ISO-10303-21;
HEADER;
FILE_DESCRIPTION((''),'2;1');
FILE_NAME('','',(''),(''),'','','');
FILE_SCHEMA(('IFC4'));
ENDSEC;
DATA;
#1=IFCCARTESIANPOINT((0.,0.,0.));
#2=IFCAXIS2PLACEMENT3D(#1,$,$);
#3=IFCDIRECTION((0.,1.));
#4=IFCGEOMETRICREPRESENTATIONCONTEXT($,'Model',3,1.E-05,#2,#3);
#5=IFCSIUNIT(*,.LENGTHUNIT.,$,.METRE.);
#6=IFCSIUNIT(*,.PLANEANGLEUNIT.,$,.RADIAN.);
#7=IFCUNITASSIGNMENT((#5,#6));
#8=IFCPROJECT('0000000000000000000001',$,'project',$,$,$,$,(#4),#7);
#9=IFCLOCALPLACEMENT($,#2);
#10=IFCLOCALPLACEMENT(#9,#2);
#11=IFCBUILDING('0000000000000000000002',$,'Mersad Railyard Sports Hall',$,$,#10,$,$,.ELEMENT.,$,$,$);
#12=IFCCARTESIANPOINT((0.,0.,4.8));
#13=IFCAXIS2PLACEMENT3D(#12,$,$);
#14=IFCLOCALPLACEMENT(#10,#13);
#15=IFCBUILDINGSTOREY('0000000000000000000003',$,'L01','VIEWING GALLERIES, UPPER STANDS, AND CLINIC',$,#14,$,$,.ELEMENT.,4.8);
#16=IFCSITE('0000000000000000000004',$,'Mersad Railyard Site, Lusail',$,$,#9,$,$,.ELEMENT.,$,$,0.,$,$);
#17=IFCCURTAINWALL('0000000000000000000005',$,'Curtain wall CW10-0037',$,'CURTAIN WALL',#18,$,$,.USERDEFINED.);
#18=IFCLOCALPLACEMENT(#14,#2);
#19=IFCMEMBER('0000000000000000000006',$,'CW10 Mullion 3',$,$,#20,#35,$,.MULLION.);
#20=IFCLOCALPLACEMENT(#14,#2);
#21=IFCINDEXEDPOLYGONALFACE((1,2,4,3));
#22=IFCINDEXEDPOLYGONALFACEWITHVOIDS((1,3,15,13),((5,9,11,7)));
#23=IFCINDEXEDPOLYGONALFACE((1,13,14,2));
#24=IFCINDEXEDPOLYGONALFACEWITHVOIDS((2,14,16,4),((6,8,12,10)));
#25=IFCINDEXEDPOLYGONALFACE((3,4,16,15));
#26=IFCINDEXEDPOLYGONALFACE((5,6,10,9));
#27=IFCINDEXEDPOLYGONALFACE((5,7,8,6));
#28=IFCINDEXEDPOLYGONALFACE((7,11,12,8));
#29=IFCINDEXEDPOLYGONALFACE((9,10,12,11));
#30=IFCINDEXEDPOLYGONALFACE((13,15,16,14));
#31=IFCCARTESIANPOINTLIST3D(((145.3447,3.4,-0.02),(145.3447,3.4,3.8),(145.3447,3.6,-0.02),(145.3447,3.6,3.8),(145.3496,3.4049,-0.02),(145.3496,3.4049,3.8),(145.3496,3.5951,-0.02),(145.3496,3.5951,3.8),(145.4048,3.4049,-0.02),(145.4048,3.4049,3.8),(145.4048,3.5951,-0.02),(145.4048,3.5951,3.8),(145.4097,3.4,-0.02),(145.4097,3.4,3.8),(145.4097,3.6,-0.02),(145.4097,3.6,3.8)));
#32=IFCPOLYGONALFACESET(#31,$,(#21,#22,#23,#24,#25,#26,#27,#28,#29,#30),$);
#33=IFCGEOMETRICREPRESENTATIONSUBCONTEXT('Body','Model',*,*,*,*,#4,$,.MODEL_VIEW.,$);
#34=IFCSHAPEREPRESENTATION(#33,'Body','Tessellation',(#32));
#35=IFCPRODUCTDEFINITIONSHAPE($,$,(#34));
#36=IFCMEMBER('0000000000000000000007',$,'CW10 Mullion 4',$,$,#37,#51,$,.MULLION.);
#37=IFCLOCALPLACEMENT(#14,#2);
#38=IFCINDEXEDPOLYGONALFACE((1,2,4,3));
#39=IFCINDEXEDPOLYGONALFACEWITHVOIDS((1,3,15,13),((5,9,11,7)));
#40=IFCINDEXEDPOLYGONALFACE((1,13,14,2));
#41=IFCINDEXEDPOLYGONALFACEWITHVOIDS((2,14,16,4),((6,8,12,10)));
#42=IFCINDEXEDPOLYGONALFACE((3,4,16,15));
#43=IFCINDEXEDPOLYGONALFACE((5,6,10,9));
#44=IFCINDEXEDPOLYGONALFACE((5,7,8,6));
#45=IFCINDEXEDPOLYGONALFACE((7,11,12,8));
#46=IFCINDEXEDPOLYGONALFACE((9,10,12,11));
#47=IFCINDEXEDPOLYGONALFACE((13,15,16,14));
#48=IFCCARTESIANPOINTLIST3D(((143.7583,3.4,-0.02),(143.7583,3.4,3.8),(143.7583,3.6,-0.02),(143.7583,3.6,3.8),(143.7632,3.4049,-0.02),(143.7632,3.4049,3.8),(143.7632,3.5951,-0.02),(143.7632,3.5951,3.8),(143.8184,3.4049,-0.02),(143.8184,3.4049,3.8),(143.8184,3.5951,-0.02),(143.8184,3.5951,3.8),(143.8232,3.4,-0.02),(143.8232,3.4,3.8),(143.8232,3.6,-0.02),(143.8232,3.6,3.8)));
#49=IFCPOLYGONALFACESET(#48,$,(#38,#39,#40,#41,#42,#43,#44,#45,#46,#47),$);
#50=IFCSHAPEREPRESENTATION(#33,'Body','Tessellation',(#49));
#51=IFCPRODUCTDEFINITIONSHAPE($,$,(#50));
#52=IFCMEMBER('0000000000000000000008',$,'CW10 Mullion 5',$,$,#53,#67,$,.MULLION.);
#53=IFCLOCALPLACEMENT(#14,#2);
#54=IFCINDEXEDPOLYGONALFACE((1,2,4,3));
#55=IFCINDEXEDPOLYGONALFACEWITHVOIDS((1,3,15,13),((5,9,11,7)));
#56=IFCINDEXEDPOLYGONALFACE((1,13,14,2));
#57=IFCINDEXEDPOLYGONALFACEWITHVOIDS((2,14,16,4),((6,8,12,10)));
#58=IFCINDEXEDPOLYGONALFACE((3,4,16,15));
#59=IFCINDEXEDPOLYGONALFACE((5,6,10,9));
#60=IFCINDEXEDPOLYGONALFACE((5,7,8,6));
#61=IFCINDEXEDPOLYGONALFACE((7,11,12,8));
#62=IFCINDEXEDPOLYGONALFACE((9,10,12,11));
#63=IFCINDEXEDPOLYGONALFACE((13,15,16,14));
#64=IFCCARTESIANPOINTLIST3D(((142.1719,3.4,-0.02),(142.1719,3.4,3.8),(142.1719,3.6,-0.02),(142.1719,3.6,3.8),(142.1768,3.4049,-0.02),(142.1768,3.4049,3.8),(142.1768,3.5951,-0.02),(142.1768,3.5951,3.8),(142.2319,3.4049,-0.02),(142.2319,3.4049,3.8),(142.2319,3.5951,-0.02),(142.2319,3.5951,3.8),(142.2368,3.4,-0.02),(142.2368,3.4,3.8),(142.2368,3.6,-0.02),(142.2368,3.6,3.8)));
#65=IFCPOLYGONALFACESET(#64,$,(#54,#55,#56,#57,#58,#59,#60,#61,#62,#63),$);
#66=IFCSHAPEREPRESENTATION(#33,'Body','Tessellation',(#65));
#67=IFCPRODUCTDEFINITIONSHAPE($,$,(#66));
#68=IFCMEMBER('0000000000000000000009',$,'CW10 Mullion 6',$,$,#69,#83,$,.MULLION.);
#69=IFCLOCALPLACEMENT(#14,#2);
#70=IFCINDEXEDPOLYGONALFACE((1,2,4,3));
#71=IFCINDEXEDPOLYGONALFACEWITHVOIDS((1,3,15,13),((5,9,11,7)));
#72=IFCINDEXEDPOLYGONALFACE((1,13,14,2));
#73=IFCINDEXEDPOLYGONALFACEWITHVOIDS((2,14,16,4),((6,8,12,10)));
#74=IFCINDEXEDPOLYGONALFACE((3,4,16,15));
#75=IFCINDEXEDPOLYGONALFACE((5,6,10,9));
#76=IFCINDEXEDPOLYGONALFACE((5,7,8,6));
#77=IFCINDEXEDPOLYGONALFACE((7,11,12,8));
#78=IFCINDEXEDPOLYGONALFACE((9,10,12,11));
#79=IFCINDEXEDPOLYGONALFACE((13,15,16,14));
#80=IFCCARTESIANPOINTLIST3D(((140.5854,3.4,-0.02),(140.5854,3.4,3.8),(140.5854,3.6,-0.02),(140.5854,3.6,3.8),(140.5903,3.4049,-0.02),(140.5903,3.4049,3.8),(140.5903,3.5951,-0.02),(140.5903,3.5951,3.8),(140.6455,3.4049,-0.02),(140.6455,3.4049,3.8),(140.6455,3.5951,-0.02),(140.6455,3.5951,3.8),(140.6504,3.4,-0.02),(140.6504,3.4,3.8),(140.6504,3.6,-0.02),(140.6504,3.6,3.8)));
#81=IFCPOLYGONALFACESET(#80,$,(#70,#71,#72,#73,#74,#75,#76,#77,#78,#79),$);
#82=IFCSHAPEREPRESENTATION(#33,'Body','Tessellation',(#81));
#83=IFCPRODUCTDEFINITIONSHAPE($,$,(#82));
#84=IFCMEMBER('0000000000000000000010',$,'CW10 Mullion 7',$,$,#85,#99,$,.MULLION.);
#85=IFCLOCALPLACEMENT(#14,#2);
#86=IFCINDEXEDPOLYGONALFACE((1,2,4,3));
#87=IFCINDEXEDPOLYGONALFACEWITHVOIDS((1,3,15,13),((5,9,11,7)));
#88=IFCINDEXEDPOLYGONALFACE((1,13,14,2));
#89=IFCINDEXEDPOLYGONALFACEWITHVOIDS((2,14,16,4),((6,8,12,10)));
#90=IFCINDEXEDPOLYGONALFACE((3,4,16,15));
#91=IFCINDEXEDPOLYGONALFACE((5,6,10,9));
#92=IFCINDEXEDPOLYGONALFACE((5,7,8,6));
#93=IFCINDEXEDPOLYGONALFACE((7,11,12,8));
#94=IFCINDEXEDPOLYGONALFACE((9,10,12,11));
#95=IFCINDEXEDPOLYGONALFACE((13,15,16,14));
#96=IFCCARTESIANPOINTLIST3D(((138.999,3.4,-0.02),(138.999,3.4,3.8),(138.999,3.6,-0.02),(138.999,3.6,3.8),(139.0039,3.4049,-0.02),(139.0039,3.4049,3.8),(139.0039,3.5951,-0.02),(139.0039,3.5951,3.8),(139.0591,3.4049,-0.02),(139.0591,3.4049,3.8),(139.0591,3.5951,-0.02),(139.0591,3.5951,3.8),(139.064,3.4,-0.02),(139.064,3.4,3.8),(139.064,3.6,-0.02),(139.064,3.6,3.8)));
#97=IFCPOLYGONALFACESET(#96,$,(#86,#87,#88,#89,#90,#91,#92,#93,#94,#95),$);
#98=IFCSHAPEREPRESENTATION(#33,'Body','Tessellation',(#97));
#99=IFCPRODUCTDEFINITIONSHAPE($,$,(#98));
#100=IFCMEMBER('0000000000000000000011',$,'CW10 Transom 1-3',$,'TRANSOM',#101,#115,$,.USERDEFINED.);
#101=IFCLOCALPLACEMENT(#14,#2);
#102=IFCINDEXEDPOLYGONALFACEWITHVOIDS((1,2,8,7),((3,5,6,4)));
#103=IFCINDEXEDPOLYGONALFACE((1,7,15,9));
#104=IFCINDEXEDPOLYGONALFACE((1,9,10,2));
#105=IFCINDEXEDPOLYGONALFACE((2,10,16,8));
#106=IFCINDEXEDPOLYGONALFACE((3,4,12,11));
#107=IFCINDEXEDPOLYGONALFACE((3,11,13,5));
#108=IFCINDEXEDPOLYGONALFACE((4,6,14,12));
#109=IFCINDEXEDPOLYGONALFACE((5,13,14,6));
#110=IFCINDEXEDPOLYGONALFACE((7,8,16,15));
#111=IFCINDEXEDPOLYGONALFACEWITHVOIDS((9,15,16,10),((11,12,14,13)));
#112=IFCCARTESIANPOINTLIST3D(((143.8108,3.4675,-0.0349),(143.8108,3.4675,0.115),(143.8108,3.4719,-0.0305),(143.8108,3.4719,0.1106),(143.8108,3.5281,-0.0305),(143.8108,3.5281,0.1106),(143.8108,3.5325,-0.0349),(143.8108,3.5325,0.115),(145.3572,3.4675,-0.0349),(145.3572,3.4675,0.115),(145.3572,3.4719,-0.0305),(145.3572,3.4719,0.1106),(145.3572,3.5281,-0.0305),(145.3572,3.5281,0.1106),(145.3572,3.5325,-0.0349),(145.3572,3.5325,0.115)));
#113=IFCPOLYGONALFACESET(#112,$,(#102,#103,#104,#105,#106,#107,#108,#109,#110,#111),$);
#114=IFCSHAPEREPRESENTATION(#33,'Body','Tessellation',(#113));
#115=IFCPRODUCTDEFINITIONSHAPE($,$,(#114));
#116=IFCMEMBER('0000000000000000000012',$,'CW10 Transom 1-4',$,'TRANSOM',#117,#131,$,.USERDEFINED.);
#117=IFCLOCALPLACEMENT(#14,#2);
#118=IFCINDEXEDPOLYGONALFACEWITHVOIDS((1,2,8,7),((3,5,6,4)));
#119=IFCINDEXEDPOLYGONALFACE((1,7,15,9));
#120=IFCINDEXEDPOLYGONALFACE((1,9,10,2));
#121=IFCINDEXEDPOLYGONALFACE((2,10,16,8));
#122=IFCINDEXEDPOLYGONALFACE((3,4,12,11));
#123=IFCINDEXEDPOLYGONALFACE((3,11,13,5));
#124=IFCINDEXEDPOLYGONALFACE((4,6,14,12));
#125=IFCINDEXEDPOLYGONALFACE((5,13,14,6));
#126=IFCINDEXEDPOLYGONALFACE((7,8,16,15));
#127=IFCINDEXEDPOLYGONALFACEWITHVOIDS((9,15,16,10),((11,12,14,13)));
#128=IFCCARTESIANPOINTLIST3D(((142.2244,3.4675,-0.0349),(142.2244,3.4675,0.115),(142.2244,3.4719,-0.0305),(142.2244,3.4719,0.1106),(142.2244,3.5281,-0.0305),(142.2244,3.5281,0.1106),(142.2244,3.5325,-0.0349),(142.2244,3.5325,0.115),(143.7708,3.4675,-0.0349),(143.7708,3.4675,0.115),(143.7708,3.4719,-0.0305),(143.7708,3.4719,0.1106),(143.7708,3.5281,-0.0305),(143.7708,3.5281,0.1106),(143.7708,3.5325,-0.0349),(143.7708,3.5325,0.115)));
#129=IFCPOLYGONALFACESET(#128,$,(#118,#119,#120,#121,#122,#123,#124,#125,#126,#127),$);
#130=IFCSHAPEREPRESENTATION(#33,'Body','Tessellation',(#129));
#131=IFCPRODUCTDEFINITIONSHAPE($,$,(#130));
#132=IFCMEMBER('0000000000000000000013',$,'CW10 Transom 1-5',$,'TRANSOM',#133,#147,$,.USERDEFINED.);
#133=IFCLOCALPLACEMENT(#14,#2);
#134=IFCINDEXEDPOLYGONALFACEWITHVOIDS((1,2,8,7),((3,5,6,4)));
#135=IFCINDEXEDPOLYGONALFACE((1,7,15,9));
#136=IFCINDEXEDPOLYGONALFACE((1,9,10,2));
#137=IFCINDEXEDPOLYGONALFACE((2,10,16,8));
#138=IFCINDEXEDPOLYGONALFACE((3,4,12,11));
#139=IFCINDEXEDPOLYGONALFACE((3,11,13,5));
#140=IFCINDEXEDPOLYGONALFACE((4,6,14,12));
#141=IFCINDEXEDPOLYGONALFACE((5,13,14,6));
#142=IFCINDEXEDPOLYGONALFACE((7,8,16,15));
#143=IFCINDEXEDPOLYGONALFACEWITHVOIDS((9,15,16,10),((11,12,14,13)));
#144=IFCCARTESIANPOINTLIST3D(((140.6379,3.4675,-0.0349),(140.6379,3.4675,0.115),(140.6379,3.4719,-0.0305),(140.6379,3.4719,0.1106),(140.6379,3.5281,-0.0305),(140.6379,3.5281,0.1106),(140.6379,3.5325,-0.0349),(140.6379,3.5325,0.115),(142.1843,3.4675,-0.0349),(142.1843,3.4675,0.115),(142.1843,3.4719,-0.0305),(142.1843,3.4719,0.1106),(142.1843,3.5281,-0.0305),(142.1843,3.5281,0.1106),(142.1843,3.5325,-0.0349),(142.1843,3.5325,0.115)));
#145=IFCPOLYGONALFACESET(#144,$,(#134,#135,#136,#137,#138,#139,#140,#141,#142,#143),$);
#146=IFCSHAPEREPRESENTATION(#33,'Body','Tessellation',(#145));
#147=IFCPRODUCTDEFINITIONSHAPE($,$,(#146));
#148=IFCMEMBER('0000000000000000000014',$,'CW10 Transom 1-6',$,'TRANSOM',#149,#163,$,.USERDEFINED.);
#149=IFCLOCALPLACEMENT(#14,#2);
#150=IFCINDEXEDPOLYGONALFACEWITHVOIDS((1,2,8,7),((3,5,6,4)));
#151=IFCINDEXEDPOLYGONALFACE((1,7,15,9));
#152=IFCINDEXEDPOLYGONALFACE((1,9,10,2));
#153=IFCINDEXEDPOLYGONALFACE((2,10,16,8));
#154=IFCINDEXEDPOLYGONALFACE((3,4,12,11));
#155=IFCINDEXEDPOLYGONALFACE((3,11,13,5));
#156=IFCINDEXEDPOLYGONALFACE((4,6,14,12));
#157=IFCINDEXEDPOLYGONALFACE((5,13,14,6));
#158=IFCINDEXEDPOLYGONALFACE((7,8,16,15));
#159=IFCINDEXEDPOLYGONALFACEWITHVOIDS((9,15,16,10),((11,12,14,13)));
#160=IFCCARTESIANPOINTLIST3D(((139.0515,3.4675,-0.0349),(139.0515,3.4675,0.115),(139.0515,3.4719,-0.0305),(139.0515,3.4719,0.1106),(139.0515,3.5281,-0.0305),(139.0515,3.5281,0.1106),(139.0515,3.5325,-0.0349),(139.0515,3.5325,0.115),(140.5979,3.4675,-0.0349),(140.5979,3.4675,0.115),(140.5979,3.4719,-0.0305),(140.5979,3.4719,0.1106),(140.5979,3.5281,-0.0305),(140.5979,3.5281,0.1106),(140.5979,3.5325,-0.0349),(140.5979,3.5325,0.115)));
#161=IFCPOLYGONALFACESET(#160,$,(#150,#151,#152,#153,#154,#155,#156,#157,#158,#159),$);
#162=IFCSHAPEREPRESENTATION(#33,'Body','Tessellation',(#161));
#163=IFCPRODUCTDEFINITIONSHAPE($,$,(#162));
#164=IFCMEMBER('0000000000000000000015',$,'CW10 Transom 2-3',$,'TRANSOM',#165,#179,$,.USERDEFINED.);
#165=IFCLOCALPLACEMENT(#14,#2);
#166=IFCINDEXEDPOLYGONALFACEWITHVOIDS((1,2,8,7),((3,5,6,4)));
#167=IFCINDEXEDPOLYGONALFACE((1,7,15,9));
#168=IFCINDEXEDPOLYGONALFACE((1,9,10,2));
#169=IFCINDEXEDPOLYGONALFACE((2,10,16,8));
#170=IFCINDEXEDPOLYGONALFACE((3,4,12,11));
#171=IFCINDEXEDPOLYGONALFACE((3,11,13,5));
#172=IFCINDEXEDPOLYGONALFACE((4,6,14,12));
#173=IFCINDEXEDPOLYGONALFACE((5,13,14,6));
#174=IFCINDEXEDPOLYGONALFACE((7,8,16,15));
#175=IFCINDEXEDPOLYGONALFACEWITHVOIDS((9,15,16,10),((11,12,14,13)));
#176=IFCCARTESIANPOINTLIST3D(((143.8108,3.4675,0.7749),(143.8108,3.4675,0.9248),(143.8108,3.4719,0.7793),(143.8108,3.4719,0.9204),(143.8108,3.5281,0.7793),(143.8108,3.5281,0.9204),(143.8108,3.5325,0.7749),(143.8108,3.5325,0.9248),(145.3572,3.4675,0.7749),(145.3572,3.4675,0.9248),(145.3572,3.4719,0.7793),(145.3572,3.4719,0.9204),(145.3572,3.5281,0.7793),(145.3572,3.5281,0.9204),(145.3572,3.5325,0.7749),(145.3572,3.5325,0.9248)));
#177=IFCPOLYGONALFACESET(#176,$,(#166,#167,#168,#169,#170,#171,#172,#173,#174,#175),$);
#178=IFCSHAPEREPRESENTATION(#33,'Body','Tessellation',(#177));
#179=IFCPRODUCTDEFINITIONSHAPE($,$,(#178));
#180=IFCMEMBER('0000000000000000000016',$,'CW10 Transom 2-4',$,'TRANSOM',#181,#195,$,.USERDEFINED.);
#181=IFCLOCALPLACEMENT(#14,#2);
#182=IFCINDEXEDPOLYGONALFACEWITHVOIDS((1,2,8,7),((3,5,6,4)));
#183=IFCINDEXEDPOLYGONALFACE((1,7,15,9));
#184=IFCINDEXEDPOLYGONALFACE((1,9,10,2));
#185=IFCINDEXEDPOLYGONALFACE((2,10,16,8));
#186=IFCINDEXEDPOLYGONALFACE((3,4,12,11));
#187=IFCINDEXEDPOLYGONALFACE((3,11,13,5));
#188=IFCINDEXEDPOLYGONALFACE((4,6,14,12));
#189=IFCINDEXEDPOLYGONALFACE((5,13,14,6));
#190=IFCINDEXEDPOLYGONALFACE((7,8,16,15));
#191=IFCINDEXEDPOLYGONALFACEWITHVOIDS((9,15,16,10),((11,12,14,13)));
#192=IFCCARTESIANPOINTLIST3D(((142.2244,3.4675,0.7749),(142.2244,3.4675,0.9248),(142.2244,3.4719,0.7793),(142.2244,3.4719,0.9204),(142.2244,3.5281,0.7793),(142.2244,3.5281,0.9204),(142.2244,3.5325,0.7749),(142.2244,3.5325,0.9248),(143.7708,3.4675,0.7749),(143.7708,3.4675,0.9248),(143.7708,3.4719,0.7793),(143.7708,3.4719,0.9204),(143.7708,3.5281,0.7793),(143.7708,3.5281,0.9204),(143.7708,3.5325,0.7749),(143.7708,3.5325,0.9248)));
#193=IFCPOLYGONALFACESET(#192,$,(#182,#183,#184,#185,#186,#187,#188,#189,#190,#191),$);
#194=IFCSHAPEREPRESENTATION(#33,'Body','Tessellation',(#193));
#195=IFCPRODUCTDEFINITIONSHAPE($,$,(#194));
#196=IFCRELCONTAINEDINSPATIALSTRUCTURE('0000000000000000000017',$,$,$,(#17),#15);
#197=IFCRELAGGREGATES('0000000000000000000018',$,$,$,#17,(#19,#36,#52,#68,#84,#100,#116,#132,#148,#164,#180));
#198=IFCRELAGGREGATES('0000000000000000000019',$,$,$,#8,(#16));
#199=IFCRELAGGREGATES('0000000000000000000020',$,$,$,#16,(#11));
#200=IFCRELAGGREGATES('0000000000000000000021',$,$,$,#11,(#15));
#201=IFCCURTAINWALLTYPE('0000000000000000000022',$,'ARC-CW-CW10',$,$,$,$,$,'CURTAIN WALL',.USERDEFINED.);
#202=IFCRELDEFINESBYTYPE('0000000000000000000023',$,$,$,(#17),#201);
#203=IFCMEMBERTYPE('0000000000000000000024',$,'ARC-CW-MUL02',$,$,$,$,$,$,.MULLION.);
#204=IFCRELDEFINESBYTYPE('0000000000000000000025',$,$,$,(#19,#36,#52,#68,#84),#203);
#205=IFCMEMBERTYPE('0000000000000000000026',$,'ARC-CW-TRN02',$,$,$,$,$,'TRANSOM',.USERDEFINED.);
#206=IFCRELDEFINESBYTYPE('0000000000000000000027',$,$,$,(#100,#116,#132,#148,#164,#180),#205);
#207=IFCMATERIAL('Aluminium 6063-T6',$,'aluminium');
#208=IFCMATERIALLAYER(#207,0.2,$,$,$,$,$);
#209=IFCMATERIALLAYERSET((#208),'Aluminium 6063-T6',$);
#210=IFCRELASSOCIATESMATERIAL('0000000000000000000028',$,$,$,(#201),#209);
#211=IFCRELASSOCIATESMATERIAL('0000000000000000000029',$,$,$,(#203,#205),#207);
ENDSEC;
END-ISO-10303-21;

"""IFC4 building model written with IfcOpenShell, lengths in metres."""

from ifc_helpers import new_model, si_unit, direction, frame, origin, origin_2d, place, context, subcontext, project, spatial, hollow_rectangle, extrude, material, layer, layer_set, material_profile, profile_set, type_object, element, aggregate, save


model = new_model("IFC4")

# Units and contexts
model_context = context("Model", 3, precision=1e-05, world=origin(), true_north=direction((0.0, 1.0)))
body_context = subcontext(model_context, "Body", "Model", "MODEL_VIEW")
ifc_project = project(units=[si_unit("LENGTHUNIT", "METRE"), si_unit("PLANEANGLEUNIT", "RADIAN")], contexts=[model_context])

# Site, building, storey
site_placement = place(None, origin())
site = spatial("IfcSite", under=ifc_project, at=site_placement, Name="Mersad Railyard Site, Lusail", CompositionType="ELEMENT", RefElevation=0.0)
building_placement = place(site_placement, origin())
building = spatial("IfcBuilding", under=site, at=building_placement, Name="Mersad Railyard Sports Hall", CompositionType="ELEMENT")
storey_placement = place(building_placement, frame((0.0, 0.0, 4.8)))
storey = spatial("IfcBuildingStorey", under=building, at=storey_placement, Name="L01", Description="VIEWING GALLERIES, UPPER STANDS, AND CLINIC", CompositionType="ELEMENT", Elevation=4.8)

# Curtain wall, members
ifc_material_1 = material(Name="Aluminium 6063-T6", Category="aluminium")
ifc_layer_1 = layer(ifc_material_1, 0.2)
ifc_layer_set_1 = layer_set([ifc_layer_1], Name="Aluminium 6063-T6")
curtain_wall_type = type_object("IfcCurtainWallType", Name="ARC-CW-CW10", ElementType="CURTAIN WALL", PredefinedType="USERDEFINED", material=ifc_layer_set_1)
curtain_wall_placement = place(storey_placement, origin())
curtain_wall = element("IfcCurtainWall", 1, at=curtain_wall_placement, inside=storey, type_object=curtain_wall_type, Name="Curtain wall CW10-0037", ObjectType="CURTAIN WALL", PredefinedType="USERDEFINED")
ifc_material_profile_1 = material_profile(ifc_material_1, hollow_rectangle(XDim=0.0649, YDim=0.2, WallThickness=0.0049, at=origin_2d()), Name="AL MULLION 65x200x5")
ifc_profile_set_1 = profile_set([ifc_material_profile_1], Name="Aluminium 6063-T6")
member_type_1 = type_object("IfcMemberType", Name="ARC-CW-MUL02", PredefinedType="MULLION", material=ifc_profile_set_1)
member_1_placement = place(storey_placement, frame((145.3772, 3.5, -0.02), z_axis=(0.0, 0.0, 1.0), x_axis=(1.0, 0.0, 0.0)))
member_1 = element("IfcMember", 2, at=member_1_placement, type_object=member_type_1, Name="CW10 Mullion 3", PredefinedType="MULLION", context=body_context, shape_type="SweptSolid", body=[
    extrude(hollow_rectangle(XDim=0.0649, YDim=0.2, WallThickness=0.0049, at=origin_2d()), origin(), (0.0, 0.0, 1.0), 3.8201),
])
member_2_placement = place(storey_placement, frame((143.7908, 3.5, -0.02), z_axis=(0.0, 0.0, 1.0), x_axis=(1.0, 0.0, 0.0)))
member_2 = element("IfcMember", 3, at=member_2_placement, type_object=member_type_1, Name="CW10 Mullion 4", PredefinedType="MULLION", context=body_context, shape_type="SweptSolid", body=[
    extrude(hollow_rectangle(XDim=0.0649, YDim=0.2, WallThickness=0.0049, at=origin_2d()), origin(), (0.0, 0.0, 1.0), 3.8201),
])
member_3_placement = place(storey_placement, frame((142.2043, 3.5, -0.02), z_axis=(0.0, 0.0, 1.0), x_axis=(1.0, 0.0, 0.0)))
member_3 = element("IfcMember", 4, at=member_3_placement, type_object=member_type_1, Name="CW10 Mullion 5", PredefinedType="MULLION", context=body_context, shape_type="SweptSolid", body=[
    extrude(hollow_rectangle(XDim=0.0649, YDim=0.2, WallThickness=0.0049, at=origin_2d()), origin(), (0.0, 0.0, 1.0), 3.8201),
])
member_4_placement = place(storey_placement, frame((140.6179, 3.5, -0.02), z_axis=(0.0, 0.0, 1.0), x_axis=(1.0, 0.0, 0.0)))
member_4 = element("IfcMember", 5, at=member_4_placement, type_object=member_type_1, Name="CW10 Mullion 6", PredefinedType="MULLION", context=body_context, shape_type="SweptSolid", body=[
    extrude(hollow_rectangle(XDim=0.0649, YDim=0.2, WallThickness=0.0049, at=origin_2d()), origin(), (0.0, 0.0, 1.0), 3.8201),
])
member_5_placement = place(storey_placement, frame((139.0315, 3.5, -0.02), z_axis=(0.0, 0.0, 1.0), x_axis=(1.0, 0.0, 0.0)))
member_5 = element("IfcMember", 6, at=member_5_placement, type_object=member_type_1, Name="CW10 Mullion 7", PredefinedType="MULLION", context=body_context, shape_type="SweptSolid", body=[
    extrude(hollow_rectangle(XDim=0.0649, YDim=0.2, WallThickness=0.0049, at=origin_2d()), origin(), (0.0, 0.0, 1.0), 3.8201),
])
ifc_material_profile_2 = material_profile(ifc_material_1, hollow_rectangle(XDim=0.0649, YDim=0.1499, WallThickness=0.0044, at=origin_2d()), Name="AL TRANSOM 65x150x4.5")
ifc_profile_set_2 = profile_set([ifc_material_profile_2], Name="Aluminium 6063-T6")
member_type_2 = type_object("IfcMemberType", Name="ARC-CW-TRN02", ElementType="TRANSOM", PredefinedType="USERDEFINED", material=ifc_profile_set_2)
member_6_placement = place(storey_placement, frame((145.3572, 3.5, 0.04), z_axis=(-1.0, 0.0, 0.0), x_axis=(0.0, -1.0, 0.0)))
member_6 = element("IfcMember", 7, at=member_6_placement, type_object=member_type_2, Name="CW10 Transom 1-3", ObjectType="TRANSOM", PredefinedType="USERDEFINED", context=body_context, shape_type="SweptSolid", body=[
    extrude(hollow_rectangle(XDim=0.0649, YDim=0.1499, WallThickness=0.0044, at=origin_2d()), origin(), (0.0, 0.0, 1.0), 1.5464),
])
member_7_placement = place(storey_placement, frame((143.7708, 3.5, 0.04), z_axis=(-1.0, 0.0, 0.0), x_axis=(0.0, -1.0, 0.0)))
member_7 = element("IfcMember", 8, at=member_7_placement, type_object=member_type_2, Name="CW10 Transom 1-4", ObjectType="TRANSOM", PredefinedType="USERDEFINED", context=body_context, shape_type="SweptSolid", body=[
    extrude(hollow_rectangle(XDim=0.0649, YDim=0.1499, WallThickness=0.0044, at=origin_2d()), origin(), (0.0, 0.0, 1.0), 1.5464),
])
member_8_placement = place(storey_placement, frame((142.1843, 3.5, 0.04), z_axis=(-1.0, 0.0, 0.0), x_axis=(0.0, -1.0, 0.0)))
member_8 = element("IfcMember", 9, at=member_8_placement, type_object=member_type_2, Name="CW10 Transom 1-5", ObjectType="TRANSOM", PredefinedType="USERDEFINED", context=body_context, shape_type="SweptSolid", body=[
    extrude(hollow_rectangle(XDim=0.0649, YDim=0.1499, WallThickness=0.0044, at=origin_2d()), origin(), (0.0, 0.0, 1.0), 1.5464),
])
member_9_placement = place(storey_placement, frame((140.5979, 3.5, 0.04), z_axis=(-1.0, 0.0, 0.0), x_axis=(0.0, -1.0, 0.0)))
member_9 = element("IfcMember", 10, at=member_9_placement, type_object=member_type_2, Name="CW10 Transom 1-6", ObjectType="TRANSOM", PredefinedType="USERDEFINED", context=body_context, shape_type="SweptSolid", body=[
    extrude(hollow_rectangle(XDim=0.0649, YDim=0.1499, WallThickness=0.0044, at=origin_2d()), origin(), (0.0, 0.0, 1.0), 1.5464),
])
member_10_placement = place(storey_placement, frame((145.3572, 3.5, 0.8499), z_axis=(-1.0, 0.0, 0.0), x_axis=(0.0, -1.0, 0.0)))
member_10 = element("IfcMember", 11, at=member_10_placement, type_object=member_type_2, Name="CW10 Transom 2-3", ObjectType="TRANSOM", PredefinedType="USERDEFINED", context=body_context, shape_type="SweptSolid", body=[
    extrude(hollow_rectangle(XDim=0.0649, YDim=0.1499, WallThickness=0.0044, at=origin_2d()), origin(), (0.0, 0.0, 1.0), 1.5464),
])
member_11_placement = place(storey_placement, frame((143.7708, 3.5, 0.8499), z_axis=(-1.0, 0.0, 0.0), x_axis=(0.0, -1.0, 0.0)))
member_11 = element("IfcMember", 12, at=member_11_placement, type_object=member_type_2, Name="CW10 Transom 2-4", ObjectType="TRANSOM", PredefinedType="USERDEFINED", context=body_context, shape_type="SweptSolid", body=[
    extrude(hollow_rectangle(XDim=0.0649, YDim=0.1499, WallThickness=0.0044, at=origin_2d()), origin(), (0.0, 0.0, 1.0), 1.5464),
])
aggregate(curtain_wall, [member_1, member_2, member_3, member_4, member_5, member_6, member_7, member_8, member_9, member_10, member_11])

save(model, "model.ifc")
